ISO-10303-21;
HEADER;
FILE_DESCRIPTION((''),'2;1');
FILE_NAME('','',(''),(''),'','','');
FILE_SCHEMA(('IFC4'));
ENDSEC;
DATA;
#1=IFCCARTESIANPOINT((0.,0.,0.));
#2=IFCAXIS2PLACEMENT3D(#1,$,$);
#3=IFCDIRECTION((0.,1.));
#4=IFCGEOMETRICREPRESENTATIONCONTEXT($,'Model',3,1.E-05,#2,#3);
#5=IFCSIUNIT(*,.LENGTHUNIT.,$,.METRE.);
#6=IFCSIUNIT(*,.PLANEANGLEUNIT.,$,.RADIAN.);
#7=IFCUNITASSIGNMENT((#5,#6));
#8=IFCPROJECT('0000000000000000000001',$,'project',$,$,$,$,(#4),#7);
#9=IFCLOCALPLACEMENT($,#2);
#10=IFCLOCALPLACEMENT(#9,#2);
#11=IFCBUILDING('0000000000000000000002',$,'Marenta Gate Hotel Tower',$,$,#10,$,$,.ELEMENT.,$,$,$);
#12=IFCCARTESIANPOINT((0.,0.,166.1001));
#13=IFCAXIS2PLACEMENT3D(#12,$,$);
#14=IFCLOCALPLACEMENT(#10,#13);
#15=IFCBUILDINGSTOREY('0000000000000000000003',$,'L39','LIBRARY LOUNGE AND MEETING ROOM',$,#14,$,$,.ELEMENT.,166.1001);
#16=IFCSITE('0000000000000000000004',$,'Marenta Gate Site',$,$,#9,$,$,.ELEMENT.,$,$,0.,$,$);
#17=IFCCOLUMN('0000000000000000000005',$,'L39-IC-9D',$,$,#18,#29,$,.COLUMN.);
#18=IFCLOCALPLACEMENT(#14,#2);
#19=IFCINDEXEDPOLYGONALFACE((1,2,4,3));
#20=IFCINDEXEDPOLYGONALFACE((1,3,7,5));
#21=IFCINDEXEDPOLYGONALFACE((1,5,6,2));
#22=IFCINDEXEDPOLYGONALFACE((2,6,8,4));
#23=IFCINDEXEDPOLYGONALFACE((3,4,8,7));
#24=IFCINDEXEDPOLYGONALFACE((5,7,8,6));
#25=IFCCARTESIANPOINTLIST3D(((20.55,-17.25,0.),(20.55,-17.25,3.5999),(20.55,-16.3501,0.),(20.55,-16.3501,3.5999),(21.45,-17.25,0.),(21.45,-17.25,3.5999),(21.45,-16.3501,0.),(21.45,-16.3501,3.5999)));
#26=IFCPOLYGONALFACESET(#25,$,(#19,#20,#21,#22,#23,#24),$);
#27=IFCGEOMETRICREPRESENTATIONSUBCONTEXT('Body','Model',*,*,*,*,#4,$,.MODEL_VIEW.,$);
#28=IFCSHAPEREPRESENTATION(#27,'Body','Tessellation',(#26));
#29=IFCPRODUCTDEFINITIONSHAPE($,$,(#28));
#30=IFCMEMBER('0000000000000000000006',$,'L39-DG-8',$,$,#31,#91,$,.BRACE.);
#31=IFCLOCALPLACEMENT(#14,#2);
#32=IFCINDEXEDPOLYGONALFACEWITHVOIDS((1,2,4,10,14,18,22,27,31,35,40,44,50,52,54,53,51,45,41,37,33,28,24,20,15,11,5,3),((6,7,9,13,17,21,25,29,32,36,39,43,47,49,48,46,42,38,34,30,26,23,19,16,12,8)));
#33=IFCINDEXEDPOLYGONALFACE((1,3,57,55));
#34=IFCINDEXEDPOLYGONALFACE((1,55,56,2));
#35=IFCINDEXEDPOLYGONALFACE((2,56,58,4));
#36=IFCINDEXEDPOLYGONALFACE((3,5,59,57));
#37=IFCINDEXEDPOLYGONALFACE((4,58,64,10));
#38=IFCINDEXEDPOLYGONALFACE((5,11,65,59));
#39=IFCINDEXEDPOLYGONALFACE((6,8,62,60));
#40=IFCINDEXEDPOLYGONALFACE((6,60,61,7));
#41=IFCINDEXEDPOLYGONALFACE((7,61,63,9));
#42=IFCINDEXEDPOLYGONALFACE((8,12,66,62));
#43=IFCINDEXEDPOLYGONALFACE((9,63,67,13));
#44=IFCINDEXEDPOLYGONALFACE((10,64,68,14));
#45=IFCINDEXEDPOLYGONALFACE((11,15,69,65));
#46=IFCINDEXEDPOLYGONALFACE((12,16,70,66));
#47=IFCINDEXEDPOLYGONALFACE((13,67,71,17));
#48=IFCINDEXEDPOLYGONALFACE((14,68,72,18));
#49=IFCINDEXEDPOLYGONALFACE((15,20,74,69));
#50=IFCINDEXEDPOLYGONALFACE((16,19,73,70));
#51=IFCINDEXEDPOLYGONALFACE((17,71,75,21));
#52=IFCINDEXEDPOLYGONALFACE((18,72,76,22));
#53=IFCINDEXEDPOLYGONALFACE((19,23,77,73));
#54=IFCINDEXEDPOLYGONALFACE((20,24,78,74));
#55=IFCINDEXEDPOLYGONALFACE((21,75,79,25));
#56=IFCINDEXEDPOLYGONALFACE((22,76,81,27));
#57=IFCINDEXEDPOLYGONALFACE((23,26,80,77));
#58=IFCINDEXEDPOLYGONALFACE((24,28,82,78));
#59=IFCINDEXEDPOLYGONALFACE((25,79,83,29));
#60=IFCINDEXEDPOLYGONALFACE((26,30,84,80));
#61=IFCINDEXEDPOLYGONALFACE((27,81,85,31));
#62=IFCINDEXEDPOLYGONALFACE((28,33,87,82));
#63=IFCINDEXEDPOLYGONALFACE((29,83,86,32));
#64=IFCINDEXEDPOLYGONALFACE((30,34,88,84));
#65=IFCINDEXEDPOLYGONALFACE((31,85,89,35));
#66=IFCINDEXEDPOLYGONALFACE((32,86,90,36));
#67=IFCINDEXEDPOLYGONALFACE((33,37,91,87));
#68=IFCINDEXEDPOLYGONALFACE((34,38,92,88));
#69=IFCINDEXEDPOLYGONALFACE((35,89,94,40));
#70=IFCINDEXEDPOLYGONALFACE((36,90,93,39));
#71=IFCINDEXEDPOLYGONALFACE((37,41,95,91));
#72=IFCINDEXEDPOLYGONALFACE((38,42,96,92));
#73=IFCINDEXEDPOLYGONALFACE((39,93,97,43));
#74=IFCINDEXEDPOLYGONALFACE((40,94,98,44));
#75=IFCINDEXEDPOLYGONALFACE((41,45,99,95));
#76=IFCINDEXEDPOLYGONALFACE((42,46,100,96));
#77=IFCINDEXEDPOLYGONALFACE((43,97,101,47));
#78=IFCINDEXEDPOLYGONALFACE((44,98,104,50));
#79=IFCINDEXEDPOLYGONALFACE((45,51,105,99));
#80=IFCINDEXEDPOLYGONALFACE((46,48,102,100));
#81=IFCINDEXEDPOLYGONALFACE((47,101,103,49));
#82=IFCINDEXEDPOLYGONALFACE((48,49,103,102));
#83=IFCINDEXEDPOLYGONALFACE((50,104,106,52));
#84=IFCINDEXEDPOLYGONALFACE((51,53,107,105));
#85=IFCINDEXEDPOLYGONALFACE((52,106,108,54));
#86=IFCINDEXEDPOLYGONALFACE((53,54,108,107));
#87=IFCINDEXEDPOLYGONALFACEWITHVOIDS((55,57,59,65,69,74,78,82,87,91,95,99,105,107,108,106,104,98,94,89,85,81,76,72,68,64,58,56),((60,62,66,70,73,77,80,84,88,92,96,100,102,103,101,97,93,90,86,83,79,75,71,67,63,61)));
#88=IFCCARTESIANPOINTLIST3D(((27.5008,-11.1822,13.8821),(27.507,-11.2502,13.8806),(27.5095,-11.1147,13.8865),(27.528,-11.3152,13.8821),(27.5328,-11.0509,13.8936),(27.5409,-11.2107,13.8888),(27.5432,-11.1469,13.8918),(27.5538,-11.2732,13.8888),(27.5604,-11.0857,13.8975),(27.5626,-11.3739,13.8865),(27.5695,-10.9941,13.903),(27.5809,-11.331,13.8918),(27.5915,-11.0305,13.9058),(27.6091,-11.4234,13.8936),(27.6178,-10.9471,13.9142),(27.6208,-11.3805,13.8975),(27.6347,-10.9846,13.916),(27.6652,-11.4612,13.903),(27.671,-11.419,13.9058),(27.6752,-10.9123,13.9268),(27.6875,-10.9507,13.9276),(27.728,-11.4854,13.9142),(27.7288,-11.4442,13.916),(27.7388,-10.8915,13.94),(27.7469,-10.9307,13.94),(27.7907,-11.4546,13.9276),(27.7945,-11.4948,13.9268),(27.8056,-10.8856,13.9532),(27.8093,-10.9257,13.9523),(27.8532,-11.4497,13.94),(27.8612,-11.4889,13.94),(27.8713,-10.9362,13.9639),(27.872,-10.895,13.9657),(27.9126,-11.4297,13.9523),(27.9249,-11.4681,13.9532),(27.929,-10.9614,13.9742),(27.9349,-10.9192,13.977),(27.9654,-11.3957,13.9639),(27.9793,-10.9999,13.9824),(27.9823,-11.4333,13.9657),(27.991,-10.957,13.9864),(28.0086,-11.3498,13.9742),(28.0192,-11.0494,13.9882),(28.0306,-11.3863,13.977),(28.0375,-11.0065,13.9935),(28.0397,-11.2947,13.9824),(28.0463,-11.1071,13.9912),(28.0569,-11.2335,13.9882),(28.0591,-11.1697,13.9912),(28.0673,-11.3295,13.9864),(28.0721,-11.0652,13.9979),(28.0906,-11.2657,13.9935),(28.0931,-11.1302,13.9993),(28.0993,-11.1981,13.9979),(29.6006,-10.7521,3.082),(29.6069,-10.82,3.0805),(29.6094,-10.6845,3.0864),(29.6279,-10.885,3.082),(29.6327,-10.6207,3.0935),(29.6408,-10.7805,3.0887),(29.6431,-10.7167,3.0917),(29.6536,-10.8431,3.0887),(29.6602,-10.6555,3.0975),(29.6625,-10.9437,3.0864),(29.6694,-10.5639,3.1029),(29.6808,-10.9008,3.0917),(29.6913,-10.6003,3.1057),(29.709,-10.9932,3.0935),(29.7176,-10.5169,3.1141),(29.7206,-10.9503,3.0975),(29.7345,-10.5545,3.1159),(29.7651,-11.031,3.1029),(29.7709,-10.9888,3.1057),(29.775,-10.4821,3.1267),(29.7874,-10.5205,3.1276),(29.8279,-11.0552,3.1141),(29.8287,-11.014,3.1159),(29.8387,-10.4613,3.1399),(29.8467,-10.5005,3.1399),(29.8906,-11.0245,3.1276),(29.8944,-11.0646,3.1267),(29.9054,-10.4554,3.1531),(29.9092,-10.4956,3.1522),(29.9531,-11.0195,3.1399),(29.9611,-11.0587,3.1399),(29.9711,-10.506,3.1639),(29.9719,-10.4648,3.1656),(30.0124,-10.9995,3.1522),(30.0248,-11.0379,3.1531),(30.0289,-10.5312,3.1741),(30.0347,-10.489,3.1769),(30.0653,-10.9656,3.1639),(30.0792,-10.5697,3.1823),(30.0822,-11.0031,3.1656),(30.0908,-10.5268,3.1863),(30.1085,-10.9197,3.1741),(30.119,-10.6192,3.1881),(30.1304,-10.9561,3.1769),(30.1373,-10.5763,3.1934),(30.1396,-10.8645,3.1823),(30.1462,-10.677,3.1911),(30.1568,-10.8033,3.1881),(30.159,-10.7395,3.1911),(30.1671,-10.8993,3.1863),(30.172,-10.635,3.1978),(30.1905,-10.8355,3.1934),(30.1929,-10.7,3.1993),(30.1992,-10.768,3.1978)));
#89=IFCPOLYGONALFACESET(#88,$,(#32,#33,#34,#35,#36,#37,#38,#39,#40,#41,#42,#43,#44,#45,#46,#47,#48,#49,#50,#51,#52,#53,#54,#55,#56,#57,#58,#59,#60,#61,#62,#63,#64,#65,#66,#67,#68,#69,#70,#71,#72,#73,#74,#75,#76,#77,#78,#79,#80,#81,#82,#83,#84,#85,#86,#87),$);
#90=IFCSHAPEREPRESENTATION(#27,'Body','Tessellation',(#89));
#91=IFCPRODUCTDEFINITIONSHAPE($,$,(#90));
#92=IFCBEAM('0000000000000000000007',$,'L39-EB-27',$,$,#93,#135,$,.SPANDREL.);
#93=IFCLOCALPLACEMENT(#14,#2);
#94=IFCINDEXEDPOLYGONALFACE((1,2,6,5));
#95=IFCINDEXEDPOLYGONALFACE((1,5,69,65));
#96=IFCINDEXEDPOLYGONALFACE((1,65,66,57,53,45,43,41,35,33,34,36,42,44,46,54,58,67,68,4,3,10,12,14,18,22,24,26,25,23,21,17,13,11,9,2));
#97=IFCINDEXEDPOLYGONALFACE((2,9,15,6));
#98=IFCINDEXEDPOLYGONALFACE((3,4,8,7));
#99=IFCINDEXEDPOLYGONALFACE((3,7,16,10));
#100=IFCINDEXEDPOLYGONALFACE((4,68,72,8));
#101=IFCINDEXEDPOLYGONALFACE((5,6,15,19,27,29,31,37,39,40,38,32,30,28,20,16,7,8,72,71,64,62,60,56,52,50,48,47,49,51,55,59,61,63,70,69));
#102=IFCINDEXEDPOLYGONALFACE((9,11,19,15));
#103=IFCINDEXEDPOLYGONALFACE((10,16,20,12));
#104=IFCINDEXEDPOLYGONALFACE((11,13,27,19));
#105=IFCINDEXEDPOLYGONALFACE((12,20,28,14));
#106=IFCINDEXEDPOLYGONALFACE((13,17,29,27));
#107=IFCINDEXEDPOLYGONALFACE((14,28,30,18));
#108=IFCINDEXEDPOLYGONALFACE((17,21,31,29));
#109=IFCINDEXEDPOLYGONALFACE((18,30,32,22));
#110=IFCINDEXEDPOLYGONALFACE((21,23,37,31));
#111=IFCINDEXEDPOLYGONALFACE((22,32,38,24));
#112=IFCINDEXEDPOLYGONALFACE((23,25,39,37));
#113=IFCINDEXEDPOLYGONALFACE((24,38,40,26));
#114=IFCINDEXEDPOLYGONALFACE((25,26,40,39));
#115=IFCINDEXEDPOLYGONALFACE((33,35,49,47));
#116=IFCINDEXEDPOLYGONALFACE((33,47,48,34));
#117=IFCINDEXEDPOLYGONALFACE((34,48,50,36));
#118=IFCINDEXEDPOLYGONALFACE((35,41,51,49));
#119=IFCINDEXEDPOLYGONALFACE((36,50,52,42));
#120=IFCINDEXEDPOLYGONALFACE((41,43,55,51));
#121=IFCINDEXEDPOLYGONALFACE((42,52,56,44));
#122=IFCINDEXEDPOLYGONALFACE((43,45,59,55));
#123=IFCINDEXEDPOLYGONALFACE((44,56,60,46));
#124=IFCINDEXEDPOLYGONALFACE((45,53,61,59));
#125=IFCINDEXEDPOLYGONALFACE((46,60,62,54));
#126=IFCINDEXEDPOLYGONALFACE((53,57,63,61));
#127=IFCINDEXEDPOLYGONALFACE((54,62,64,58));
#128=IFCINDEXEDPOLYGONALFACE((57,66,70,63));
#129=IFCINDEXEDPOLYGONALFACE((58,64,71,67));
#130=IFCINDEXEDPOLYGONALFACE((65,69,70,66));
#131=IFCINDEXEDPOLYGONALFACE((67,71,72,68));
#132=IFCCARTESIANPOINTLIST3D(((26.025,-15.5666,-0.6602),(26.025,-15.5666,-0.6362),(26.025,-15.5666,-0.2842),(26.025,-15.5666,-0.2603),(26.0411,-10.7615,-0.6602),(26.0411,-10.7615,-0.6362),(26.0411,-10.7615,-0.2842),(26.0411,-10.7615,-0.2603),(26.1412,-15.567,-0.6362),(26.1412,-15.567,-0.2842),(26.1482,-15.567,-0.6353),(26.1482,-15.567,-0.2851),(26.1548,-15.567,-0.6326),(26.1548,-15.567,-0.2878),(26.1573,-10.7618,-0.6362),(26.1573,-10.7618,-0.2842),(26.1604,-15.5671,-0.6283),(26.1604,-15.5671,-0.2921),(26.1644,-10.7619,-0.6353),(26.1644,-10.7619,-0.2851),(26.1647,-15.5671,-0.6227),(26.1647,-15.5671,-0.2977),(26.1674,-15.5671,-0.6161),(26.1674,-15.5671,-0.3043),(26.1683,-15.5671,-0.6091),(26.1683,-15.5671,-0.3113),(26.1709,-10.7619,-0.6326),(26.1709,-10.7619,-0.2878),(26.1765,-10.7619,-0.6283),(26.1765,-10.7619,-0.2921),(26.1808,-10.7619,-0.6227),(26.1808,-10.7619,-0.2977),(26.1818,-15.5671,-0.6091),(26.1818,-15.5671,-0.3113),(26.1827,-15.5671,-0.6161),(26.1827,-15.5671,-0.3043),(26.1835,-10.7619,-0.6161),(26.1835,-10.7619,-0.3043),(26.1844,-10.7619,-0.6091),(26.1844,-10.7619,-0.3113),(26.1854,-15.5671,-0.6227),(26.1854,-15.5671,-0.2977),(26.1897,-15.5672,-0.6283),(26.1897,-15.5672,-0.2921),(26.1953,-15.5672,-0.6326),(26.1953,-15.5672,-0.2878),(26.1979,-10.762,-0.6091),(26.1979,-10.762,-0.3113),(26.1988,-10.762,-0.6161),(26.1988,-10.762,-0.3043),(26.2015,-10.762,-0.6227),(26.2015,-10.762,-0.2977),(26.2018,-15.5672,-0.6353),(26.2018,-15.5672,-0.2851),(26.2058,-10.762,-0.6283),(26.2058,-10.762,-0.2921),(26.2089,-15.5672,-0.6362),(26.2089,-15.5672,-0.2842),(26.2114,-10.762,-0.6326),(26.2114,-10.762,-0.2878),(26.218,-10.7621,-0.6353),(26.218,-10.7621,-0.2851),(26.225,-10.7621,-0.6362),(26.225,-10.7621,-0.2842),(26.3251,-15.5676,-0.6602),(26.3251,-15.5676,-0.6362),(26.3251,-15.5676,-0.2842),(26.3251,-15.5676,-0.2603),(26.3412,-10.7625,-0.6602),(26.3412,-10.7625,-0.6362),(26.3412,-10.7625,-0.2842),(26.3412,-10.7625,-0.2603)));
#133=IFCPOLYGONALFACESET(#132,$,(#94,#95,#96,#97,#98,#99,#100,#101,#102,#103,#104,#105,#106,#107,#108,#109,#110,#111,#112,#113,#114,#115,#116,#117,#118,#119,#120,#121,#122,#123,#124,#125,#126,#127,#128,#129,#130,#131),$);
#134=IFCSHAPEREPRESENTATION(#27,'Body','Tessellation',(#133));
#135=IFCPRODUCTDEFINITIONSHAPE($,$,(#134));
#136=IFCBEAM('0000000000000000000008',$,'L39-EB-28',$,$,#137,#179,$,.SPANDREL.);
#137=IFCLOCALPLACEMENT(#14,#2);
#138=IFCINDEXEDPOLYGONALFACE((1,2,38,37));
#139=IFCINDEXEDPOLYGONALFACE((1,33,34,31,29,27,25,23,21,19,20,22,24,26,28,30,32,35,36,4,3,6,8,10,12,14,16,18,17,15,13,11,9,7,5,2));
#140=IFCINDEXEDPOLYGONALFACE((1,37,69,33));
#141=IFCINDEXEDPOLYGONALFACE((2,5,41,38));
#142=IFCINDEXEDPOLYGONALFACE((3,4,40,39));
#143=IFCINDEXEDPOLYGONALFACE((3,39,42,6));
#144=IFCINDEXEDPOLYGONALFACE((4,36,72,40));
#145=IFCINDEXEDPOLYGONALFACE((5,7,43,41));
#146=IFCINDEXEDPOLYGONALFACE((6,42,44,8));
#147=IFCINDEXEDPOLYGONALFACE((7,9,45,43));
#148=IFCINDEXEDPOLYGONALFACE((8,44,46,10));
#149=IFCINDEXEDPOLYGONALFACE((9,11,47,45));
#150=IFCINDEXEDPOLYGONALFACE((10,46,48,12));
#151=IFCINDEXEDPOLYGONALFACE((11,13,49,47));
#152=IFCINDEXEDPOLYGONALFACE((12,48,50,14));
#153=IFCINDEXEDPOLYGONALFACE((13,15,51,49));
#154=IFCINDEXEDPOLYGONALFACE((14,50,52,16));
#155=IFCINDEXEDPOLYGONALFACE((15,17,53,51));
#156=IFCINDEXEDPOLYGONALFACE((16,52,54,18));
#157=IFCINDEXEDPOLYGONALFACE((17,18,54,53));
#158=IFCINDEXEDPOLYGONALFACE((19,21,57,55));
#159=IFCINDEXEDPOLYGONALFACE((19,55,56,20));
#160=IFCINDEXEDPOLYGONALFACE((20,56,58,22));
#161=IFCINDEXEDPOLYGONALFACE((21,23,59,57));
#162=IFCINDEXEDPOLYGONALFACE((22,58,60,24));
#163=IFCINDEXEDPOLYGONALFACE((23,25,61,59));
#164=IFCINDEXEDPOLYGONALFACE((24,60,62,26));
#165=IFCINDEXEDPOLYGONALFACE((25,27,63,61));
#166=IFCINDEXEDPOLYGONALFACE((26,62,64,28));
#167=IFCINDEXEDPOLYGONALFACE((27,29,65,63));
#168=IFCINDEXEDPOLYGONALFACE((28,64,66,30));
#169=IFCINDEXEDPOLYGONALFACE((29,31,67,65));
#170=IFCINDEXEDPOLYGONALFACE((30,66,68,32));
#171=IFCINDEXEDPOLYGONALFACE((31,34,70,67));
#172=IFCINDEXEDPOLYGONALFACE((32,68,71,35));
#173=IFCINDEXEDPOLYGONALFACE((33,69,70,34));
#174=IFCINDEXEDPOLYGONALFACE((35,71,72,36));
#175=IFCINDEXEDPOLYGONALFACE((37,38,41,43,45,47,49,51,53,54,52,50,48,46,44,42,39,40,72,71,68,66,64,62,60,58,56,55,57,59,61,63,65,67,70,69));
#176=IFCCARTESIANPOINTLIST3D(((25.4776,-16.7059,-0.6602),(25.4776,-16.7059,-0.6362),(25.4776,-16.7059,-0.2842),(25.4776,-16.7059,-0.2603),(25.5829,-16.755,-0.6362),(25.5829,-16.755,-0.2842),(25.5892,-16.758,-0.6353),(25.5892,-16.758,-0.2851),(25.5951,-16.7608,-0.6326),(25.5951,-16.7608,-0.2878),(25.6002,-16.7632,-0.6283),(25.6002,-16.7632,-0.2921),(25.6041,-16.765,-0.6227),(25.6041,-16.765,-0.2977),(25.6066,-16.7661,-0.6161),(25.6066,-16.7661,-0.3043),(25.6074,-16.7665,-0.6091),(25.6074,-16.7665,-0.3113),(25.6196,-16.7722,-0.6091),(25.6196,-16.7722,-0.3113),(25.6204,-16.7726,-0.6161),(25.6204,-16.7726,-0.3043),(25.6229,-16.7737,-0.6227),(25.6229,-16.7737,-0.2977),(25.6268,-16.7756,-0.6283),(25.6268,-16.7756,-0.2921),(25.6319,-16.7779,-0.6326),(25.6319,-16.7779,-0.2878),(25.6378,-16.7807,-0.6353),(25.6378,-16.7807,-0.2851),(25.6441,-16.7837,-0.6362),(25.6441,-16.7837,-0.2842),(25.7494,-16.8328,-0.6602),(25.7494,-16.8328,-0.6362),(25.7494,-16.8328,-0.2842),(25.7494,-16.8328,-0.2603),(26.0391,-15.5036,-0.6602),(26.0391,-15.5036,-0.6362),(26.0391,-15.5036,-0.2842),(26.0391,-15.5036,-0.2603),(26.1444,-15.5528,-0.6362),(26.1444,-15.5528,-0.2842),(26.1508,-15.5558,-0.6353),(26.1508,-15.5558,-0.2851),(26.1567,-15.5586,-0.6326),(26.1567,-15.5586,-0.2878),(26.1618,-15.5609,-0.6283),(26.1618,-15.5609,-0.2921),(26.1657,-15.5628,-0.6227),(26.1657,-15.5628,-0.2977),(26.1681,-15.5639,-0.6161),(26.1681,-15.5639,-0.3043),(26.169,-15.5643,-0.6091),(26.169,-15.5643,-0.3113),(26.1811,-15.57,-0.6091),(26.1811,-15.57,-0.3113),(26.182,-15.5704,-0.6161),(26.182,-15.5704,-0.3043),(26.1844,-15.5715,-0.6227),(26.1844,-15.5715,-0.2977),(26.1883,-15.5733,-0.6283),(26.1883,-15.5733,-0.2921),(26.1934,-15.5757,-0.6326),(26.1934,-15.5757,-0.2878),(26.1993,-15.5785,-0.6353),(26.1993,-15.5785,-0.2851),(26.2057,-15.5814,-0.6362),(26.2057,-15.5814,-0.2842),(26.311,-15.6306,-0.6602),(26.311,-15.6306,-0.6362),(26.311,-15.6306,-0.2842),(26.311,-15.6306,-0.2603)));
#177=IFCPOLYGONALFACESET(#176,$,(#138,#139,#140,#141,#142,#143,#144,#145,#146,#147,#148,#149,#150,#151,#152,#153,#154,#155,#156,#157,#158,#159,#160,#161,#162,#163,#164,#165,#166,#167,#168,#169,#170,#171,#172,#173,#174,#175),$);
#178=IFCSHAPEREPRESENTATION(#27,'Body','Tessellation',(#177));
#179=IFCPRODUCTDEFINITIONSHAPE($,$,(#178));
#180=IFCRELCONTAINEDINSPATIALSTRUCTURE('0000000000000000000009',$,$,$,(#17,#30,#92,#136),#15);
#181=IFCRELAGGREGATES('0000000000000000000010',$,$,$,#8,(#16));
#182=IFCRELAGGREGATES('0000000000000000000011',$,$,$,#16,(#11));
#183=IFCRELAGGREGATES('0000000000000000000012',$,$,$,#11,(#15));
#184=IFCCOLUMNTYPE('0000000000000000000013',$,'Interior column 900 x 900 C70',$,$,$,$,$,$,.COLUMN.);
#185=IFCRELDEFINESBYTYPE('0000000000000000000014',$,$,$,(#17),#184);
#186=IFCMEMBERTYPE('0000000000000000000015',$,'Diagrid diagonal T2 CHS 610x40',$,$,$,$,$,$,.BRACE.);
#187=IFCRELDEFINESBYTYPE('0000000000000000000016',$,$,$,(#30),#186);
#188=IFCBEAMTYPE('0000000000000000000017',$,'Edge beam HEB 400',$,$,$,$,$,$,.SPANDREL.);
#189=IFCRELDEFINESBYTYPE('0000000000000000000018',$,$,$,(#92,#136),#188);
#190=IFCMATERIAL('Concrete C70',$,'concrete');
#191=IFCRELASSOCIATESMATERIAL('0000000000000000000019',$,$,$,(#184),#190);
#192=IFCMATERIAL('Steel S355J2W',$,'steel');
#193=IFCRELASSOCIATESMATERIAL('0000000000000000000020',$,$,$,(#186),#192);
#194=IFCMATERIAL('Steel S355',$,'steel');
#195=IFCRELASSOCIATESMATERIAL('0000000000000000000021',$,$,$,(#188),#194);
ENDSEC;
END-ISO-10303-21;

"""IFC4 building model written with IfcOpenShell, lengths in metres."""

from ifc_helpers import new_model, si_unit, direction, frame, origin, origin_2d, place, context, subcontext, project, spatial, rectangle, hollow_circle, i_section, extrude, material, material_profile, profile_set, type_object, element, save


model = new_model("IFC4")

# Units and contexts
model_context = context("Model", 3, precision=1e-05, world=origin(), true_north=direction((0.0, 1.0)))
body_context = subcontext(model_context, "Body", "Model", "MODEL_VIEW")
ifc_project = project(units=[si_unit("LENGTHUNIT", "METRE"), si_unit("PLANEANGLEUNIT", "RADIAN")], contexts=[model_context])

# Site, building, storey
site_placement = place(None, origin())
site = spatial("IfcSite", under=ifc_project, at=site_placement, Name="Marenta Gate Site", CompositionType="ELEMENT", RefElevation=0.0)
building_placement = place(site_placement, origin())
building = spatial("IfcBuilding", under=site, at=building_placement, Name="Marenta Gate Hotel Tower", CompositionType="ELEMENT")
storey_placement = place(building_placement, frame((0.0, 0.0, 166.1001)))
storey = spatial("IfcBuildingStorey", under=building, at=storey_placement, Name="L39", Description="LIBRARY LOUNGE AND MEETING ROOM", CompositionType="ELEMENT", Elevation=166.1001)

# Column
ifc_material_1 = material(Name="Concrete C70", Category="concrete")
ifc_material_profile_1 = material_profile(ifc_material_1, rectangle(XDim=0.8999, YDim=0.8999, at=origin_2d()), Name="900 x 900")
ifc_profile_set_1 = profile_set([ifc_material_profile_1], Name="Concrete C70")
column_type = type_object("IfcColumnType", Name="Interior column 900 x 900 C70", PredefinedType="COLUMN", material=ifc_profile_set_1)
column_placement = place(storey_placement, frame((21.0, -16.8, 0.0), z_axis=(0.0, 0.0, 1.0), x_axis=(1.0, 0.0, 0.0)))
element("IfcColumn", 1, at=column_placement, inside=storey, type_object=column_type, Name="L39-IC-9D", PredefinedType="COLUMN", context=body_context, shape_type="SweptSolid", body=[
    extrude(rectangle(XDim=0.8999, YDim=0.8999, at=origin_2d()), origin(), (0.0, 0.0, 1.0), 3.5999),
])

# Member
ifc_material_2 = material(Name="Steel S355J2W", Category="steel")
ifc_material_profile_2 = material_profile(ifc_material_2, hollow_circle(Radius=0.3049, WallThickness=0.04, at=origin_2d()), Name="CHS 610x40")
ifc_profile_set_2 = profile_set([ifc_material_profile_2], Name="Steel S355J2W")
member_type_1 = type_object("IfcMemberType", Name="Diagrid diagonal T2 CHS 610x40", PredefinedType="BRACE", material=ifc_profile_set_2)
member_1_placement = place(storey_placement, frame((29.8999, -10.76, 3.1399), z_axis=(-0.19071, -0.039069, 0.980869), x_axis=(0.200692, -0.979654, 0.0)))
element("IfcMember", 2, at=member_1_placement, inside=storey, type_object=member_type_1, Name="L39-DG-8", PredefinedType="BRACE", context=body_context, shape_type="SweptSolid", body=[
    extrude(hollow_circle(Radius=0.3049, WallThickness=0.04, at=origin_2d()), origin(), (0.0, 0.0, 1.0), 11.0107),
])

# Beams
ifc_material_3 = material(Name="Steel S355", Category="steel")
ifc_material_profile_3 = material_profile(ifc_material_3, i_section(OverallWidth=0.3, OverallDepth=0.3999, WebThickness=0.0134, FlangeThickness=0.0239, FilletRadius=0.0271, at=origin_2d()), Name="HEB 400")
ifc_profile_set_3 = profile_set([ifc_material_profile_3], Name="Steel S355")
beam_type_1 = type_object("IfcBeamType", Name="Edge beam HEB 400", PredefinedType="SPANDREL", material=ifc_profile_set_3)
beam_1_placement = place(storey_placement, frame((26.1912, -10.762, -0.4602), z_axis=(-0.003353, -0.999994, 0.0), x_axis=(0.999994, -0.003353, 0.0)))
element("IfcBeam", 3, at=beam_1_placement, inside=storey, type_object=beam_type_1, Name="L39-EB-27", PredefinedType="SPANDREL", context=body_context, shape_type="SweptSolid", body=[
    extrude(i_section(OverallWidth=0.3, OverallDepth=0.3999, WebThickness=0.0134, FlangeThickness=0.0239, FilletRadius=0.0271, at=origin_2d()), origin(), (0.0, 0.0, 1.0), 4.8052),
])
beam_2_placement = place(storey_placement, frame((26.175, -15.5671, -0.4602), z_axis=(-0.423208, -0.906033, 0.0), x_axis=(0.906033, -0.423208, 0.0)))
element("IfcBeam", 4, at=beam_2_placement, inside=storey, type_object=beam_type_1, Name="L39-EB-28", PredefinedType="SPANDREL", context=body_context, shape_type="SweptSolid", body=[
    extrude(i_section(OverallWidth=0.3, OverallDepth=0.3999, WebThickness=0.0134, FlangeThickness=0.0239, FilletRadius=0.0271, at=origin_2d()), origin(), (0.0, 0.0, 1.0), 1.3269),
])

save(model, "model.ifc")
